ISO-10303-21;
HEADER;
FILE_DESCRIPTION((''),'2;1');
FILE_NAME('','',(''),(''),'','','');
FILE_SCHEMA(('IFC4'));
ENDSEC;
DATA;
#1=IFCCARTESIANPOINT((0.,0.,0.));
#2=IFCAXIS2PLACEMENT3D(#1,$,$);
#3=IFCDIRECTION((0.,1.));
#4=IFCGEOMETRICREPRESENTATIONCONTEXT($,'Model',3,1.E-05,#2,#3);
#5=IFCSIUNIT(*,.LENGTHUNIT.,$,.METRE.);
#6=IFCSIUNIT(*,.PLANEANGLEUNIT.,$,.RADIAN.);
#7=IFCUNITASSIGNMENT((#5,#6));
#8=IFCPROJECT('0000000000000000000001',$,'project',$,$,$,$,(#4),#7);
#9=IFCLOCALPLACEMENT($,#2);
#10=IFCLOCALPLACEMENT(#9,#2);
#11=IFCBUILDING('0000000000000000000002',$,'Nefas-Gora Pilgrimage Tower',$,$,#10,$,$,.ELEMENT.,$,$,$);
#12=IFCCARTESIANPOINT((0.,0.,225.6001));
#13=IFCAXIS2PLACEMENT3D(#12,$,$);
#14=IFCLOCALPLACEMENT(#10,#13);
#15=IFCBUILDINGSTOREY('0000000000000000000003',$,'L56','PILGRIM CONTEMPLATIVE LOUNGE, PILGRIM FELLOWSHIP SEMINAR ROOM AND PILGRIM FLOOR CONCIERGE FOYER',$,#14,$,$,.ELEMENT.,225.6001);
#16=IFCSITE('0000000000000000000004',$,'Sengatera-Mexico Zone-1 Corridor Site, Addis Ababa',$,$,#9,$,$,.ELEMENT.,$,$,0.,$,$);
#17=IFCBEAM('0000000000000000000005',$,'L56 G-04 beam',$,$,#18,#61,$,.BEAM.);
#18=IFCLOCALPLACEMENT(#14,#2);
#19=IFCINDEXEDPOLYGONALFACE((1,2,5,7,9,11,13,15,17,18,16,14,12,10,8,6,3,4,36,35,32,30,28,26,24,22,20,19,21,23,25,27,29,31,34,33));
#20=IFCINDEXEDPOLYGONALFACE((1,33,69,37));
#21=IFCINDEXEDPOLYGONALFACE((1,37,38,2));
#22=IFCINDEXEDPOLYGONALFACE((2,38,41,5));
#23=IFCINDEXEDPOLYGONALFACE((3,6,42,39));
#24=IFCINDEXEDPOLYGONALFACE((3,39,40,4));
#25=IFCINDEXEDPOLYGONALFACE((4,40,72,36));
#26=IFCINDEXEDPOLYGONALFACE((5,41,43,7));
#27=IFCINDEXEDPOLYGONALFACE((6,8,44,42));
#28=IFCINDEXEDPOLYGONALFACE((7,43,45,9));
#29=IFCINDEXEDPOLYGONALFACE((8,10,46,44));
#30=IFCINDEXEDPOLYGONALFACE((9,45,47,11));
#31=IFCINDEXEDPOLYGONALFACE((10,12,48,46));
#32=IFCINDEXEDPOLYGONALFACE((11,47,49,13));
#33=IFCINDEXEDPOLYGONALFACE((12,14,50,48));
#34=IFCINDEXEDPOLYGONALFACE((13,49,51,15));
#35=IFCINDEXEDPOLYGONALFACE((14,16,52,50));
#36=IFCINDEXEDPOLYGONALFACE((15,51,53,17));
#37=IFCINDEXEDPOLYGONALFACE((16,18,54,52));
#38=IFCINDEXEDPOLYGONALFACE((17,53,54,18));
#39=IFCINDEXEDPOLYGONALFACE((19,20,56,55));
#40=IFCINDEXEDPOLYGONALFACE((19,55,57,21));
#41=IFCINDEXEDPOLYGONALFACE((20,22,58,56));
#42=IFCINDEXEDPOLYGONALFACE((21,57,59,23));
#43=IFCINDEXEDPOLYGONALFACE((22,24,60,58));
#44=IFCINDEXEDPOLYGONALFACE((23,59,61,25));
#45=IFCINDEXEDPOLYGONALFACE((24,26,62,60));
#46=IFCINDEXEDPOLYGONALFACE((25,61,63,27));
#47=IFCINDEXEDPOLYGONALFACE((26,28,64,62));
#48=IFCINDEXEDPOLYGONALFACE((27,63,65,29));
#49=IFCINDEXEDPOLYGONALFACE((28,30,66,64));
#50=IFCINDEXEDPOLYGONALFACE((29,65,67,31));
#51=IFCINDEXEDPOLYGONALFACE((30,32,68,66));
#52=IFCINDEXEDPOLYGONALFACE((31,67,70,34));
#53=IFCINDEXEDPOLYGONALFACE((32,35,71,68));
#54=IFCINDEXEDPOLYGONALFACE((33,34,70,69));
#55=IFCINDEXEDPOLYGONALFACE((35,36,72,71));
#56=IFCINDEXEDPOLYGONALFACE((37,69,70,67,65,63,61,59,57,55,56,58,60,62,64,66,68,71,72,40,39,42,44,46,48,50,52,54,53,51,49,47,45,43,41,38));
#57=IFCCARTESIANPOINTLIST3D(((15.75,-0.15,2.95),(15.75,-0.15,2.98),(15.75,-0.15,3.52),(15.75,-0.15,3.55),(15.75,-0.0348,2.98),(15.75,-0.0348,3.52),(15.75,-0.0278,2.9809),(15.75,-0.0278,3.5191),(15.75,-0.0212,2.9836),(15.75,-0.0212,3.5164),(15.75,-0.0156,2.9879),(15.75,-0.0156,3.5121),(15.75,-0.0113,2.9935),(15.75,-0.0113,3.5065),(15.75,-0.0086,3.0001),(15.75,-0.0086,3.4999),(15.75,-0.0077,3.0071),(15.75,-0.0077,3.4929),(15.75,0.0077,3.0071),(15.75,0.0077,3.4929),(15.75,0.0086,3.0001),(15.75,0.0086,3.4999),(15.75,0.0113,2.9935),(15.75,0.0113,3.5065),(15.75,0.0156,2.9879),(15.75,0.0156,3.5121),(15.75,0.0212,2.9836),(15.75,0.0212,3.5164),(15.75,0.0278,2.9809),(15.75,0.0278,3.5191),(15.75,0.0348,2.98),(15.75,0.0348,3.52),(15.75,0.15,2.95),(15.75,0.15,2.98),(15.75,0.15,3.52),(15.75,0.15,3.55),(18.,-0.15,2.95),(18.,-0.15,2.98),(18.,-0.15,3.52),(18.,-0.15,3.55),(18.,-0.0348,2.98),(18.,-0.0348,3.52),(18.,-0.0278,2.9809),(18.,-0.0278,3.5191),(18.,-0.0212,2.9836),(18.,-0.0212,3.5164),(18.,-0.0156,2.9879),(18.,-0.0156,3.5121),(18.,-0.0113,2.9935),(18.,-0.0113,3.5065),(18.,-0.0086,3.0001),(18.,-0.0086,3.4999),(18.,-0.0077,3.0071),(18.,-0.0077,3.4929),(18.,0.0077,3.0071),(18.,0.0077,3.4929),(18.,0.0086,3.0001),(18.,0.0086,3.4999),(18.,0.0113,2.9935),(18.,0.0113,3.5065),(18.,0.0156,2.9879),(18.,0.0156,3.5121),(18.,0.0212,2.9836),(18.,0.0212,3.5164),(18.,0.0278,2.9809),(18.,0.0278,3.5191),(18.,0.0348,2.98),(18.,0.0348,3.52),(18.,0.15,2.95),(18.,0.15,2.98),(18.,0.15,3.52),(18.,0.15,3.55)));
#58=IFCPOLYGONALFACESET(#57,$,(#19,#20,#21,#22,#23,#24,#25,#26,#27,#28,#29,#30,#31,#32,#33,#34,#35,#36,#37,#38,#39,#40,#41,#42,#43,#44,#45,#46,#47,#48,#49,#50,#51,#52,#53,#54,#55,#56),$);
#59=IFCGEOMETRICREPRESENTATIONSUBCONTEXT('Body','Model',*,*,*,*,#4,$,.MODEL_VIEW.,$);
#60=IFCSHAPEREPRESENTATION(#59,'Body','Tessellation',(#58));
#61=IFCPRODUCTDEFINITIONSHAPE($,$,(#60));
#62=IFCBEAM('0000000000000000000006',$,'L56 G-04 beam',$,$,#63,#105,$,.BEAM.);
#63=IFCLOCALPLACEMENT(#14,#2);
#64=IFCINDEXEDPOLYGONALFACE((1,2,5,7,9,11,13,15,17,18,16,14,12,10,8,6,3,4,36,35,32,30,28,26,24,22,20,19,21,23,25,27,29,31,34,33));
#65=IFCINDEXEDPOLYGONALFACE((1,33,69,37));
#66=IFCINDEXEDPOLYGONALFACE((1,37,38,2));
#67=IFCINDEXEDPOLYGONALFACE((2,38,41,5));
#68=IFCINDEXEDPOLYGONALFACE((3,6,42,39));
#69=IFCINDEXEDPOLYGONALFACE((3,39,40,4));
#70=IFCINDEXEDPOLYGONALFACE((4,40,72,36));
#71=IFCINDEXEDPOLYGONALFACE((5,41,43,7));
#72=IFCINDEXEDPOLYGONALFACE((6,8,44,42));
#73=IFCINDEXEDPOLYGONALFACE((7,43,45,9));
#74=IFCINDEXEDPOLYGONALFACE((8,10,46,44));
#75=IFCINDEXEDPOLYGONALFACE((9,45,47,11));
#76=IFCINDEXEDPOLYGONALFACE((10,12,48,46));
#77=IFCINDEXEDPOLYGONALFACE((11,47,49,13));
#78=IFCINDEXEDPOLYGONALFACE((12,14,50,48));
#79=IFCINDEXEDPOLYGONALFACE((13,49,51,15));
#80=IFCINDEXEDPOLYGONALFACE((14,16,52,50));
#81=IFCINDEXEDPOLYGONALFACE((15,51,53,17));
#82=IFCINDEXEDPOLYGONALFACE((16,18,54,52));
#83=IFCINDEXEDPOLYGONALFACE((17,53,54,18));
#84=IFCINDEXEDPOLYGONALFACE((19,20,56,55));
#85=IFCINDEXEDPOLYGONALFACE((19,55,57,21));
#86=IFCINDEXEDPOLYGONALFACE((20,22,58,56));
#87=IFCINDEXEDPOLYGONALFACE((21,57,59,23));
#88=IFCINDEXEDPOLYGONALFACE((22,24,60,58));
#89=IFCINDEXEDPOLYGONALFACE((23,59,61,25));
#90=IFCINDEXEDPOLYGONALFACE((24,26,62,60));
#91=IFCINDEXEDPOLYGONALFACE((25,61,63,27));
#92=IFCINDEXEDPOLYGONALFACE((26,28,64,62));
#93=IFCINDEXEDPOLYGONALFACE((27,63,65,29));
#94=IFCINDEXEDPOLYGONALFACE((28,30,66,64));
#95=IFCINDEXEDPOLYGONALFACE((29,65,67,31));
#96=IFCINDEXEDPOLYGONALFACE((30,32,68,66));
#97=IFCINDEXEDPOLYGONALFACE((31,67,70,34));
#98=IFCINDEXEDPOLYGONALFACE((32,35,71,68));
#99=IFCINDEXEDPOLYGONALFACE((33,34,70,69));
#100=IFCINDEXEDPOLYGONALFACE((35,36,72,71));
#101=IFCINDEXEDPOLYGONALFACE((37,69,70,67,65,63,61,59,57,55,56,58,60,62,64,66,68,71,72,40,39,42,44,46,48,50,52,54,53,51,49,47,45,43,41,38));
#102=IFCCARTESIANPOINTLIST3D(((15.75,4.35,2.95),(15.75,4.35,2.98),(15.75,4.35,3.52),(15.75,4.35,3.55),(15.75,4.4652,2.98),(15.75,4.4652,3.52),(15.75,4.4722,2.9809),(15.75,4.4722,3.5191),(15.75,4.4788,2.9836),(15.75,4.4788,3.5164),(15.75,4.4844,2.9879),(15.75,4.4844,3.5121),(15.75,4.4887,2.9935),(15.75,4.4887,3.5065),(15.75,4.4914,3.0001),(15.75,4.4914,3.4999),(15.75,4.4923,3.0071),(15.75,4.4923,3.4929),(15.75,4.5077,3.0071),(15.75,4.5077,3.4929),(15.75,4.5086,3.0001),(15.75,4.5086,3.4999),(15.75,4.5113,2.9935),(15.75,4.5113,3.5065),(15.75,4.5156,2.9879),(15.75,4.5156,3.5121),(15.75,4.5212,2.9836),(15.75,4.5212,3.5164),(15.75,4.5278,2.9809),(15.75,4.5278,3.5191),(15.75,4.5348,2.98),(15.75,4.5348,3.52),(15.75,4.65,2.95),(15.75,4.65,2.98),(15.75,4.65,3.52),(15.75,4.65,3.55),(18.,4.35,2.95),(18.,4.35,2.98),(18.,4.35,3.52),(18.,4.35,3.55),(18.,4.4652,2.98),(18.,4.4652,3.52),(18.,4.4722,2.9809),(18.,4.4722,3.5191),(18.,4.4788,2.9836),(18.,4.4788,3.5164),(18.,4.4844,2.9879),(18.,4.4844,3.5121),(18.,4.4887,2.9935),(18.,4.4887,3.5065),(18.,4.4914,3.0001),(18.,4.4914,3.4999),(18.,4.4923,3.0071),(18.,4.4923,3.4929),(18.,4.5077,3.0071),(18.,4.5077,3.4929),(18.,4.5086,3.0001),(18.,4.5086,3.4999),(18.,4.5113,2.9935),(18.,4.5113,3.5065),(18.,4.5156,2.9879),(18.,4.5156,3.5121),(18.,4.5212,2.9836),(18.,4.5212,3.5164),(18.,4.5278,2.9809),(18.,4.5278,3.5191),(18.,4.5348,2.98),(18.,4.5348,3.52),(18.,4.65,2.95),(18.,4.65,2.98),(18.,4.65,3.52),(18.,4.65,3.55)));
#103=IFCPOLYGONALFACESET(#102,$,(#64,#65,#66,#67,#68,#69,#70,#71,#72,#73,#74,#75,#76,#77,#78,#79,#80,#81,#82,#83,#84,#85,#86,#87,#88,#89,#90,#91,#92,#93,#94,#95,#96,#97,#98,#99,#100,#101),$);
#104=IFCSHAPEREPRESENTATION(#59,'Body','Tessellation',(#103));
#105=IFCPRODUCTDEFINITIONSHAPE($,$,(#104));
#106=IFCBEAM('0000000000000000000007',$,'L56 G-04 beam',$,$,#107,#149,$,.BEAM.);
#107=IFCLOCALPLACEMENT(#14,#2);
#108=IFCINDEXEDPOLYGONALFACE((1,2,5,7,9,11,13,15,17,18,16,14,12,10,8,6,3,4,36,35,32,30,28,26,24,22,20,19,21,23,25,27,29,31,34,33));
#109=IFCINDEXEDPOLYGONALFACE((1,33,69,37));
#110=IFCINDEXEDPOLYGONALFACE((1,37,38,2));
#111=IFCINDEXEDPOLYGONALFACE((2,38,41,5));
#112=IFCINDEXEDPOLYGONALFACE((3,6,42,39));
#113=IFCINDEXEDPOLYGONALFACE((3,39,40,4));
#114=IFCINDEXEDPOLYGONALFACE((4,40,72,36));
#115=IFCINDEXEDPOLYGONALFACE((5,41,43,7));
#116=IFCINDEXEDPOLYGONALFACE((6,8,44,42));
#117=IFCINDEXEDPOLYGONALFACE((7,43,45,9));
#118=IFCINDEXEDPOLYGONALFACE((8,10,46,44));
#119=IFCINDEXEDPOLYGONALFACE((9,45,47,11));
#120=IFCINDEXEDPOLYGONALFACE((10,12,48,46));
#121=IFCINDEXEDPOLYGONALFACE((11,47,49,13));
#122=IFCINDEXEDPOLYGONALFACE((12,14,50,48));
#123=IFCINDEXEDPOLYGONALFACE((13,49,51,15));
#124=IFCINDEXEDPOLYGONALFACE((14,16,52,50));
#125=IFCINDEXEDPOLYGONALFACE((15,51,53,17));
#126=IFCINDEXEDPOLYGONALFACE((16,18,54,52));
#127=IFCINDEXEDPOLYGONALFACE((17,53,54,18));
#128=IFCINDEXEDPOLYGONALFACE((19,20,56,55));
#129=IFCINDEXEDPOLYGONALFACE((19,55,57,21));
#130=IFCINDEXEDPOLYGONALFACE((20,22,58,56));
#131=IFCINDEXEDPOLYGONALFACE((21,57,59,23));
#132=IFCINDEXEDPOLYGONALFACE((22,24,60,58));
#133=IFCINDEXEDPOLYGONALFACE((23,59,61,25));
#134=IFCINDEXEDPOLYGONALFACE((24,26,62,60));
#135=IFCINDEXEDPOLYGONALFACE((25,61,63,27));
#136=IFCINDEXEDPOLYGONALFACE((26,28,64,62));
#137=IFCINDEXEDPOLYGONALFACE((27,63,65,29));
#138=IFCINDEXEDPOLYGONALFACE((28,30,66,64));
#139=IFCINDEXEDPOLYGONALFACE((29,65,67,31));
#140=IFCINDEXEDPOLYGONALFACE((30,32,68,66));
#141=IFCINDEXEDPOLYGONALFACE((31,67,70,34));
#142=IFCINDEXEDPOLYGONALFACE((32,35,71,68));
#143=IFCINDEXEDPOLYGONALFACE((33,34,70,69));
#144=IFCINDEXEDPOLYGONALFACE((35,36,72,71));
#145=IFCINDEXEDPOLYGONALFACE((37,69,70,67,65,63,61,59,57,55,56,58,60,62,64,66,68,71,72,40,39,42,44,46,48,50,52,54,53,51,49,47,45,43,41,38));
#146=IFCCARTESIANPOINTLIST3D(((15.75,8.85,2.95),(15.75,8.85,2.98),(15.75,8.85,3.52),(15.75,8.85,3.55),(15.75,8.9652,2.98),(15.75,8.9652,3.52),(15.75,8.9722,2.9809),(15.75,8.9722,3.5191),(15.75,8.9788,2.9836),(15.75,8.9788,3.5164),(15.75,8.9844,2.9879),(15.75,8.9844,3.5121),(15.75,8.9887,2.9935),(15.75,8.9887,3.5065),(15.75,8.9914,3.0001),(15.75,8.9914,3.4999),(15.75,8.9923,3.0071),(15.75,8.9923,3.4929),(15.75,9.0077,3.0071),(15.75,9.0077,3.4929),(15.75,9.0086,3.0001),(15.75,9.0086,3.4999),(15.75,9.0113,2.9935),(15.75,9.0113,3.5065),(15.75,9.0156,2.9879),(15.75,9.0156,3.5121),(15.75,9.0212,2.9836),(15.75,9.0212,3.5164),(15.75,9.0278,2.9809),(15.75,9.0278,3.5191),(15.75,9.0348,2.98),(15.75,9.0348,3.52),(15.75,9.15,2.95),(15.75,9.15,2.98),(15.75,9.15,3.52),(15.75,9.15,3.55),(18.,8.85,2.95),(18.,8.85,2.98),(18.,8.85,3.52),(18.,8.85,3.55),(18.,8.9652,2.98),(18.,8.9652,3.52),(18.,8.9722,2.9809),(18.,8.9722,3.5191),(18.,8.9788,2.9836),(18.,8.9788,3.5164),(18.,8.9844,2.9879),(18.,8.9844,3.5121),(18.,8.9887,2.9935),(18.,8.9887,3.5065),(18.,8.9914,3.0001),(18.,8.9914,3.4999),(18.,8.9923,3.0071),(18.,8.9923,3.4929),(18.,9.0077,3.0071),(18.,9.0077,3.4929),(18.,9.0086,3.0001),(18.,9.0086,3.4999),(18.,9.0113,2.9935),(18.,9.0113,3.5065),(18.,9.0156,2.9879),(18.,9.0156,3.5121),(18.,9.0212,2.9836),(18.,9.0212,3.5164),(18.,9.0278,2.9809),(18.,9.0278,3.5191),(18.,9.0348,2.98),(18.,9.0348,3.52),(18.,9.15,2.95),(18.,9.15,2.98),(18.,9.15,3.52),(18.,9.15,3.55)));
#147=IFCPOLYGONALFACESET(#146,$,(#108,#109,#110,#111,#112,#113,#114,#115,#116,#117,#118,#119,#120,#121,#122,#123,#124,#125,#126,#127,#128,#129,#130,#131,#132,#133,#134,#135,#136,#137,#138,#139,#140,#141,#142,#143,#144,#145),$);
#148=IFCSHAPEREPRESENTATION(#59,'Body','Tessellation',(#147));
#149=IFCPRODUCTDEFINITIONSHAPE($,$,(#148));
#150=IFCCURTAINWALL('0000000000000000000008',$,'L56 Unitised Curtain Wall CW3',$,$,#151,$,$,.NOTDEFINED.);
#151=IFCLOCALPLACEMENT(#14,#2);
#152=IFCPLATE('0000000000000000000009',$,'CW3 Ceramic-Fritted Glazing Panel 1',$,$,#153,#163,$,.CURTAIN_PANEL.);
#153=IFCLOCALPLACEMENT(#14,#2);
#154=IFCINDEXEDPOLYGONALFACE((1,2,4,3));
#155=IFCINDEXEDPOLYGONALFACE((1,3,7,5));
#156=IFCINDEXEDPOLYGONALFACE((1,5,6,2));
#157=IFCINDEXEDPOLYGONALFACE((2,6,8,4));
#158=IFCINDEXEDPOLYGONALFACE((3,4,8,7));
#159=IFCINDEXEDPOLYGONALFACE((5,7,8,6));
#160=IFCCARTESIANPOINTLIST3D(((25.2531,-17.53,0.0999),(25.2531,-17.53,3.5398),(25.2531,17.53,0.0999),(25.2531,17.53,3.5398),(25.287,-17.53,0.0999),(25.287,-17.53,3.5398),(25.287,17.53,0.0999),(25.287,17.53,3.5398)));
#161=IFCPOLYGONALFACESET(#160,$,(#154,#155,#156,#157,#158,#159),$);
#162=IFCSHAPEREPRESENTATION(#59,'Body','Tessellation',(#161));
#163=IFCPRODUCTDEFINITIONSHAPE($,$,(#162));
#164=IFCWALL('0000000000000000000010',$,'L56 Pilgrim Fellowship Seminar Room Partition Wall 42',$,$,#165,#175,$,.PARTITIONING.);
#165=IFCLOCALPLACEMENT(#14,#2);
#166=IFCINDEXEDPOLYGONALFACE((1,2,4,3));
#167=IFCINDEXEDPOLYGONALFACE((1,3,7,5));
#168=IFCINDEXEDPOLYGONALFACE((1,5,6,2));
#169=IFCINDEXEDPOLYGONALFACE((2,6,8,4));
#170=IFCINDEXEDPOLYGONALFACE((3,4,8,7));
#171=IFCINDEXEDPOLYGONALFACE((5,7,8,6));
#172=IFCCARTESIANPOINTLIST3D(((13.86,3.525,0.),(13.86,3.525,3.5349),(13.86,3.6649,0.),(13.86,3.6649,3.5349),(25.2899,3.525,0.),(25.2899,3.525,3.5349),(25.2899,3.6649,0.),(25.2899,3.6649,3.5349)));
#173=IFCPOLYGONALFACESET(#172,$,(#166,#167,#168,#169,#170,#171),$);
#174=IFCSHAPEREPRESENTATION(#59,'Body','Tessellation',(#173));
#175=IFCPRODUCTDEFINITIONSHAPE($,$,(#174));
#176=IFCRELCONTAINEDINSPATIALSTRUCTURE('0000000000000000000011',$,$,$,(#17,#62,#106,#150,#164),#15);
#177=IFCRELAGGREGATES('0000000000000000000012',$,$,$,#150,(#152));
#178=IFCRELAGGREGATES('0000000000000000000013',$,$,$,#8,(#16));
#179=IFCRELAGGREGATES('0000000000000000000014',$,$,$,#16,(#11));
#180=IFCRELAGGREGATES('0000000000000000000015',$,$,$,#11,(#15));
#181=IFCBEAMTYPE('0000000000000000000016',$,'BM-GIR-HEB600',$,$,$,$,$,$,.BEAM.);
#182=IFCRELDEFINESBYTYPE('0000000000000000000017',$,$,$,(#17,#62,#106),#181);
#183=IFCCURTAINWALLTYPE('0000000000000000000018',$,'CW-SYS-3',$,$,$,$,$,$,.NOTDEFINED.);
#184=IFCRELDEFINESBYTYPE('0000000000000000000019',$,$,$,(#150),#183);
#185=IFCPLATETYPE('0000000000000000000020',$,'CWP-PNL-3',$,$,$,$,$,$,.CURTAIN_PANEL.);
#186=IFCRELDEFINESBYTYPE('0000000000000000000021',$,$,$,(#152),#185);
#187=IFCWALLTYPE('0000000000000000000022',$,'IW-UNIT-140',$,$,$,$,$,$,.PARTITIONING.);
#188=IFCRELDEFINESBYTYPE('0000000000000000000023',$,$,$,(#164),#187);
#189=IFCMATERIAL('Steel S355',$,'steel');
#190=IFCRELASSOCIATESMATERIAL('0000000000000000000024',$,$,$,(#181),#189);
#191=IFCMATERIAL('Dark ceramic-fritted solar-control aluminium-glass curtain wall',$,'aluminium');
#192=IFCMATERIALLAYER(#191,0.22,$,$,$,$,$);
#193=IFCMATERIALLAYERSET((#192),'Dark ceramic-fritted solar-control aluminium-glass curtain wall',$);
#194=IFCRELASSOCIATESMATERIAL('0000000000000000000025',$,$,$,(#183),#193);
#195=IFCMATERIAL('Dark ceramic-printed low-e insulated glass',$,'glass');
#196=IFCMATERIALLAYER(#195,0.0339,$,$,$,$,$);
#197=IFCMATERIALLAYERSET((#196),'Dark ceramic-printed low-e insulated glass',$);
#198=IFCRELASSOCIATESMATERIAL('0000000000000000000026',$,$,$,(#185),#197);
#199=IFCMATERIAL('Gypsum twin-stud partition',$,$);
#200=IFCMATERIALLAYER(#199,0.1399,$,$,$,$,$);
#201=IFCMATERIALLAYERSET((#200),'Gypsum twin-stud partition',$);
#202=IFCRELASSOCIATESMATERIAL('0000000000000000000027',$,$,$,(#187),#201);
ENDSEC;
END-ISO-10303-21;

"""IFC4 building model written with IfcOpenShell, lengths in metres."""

from ifc_helpers import new_model, si_unit, direction, frame, frame_2d, origin, origin_2d, place, context, subcontext, project, spatial, rectangle, i_section, extrude, source, transform, mapped, material, layer, layer_set, material_profile, profile_set, type_object, element, aggregate, save


model = new_model("IFC4")

# Units and contexts
model_context = context("Model", 3, precision=1e-05, world=origin(), true_north=direction((0.0, 1.0)))
body_context = subcontext(model_context, "Body", "Model", "MODEL_VIEW")
ifc_project = project(units=[si_unit("LENGTHUNIT", "METRE"), si_unit("PLANEANGLEUNIT", "RADIAN")], contexts=[model_context])

# Site, building, storey
site_placement = place(None, origin())
site = spatial("IfcSite", under=ifc_project, at=site_placement, Name="Sengatera-Mexico Zone-1 Corridor Site, Addis Ababa", CompositionType="ELEMENT", RefElevation=0.0)
building_placement = place(site_placement, origin())
building = spatial("IfcBuilding", under=site, at=building_placement, Name="Nefas-Gora Pilgrimage Tower", CompositionType="ELEMENT")
storey_placement = place(building_placement, frame((0.0, 0.0, 225.6001)))
storey = spatial("IfcBuildingStorey", under=building, at=storey_placement, Name="L56", Description="PILGRIM CONTEMPLATIVE LOUNGE, PILGRIM FELLOWSHIP SEMINAR ROOM AND PILGRIM FLOOR CONCIERGE FOYER", CompositionType="ELEMENT", Elevation=225.6001)

# Beams
ifc_material_1 = material(Name="Steel S355", Category="steel")
ifc_material_profile_1 = material_profile(ifc_material_1, i_section(OverallWidth=0.3, OverallDepth=0.6001, WebThickness=0.0154, FlangeThickness=0.03, FilletRadius=0.0271, at=origin_2d()), Name="HEB 600")
ifc_profile_set_1 = profile_set([ifc_material_profile_1], Name="Steel S355")
beam_type_1 = type_object("IfcBeamType", Name="BM-GIR-HEB600", PredefinedType="BEAM", material=ifc_profile_set_1)
shared_shape_1 = source(origin(), body_context, "Body", "SweptSolid", [
    extrude(i_section(OverallWidth=0.3, OverallDepth=0.6001, WebThickness=0.0154, FlangeThickness=0.03, FilletRadius=0.0271, at=origin_2d()), origin(), (0.0, 0.0, 1.0), 2.25),
])
for number, where, z_axis, x_axis, name in (
    (1, (15.75, 0.0, 3.25), (1.0, 0.0, 0.0), (0.0, 1.0, 0.0), "L56 G-04 beam"),
    (2, (15.75, 4.5, 3.25), (1.0, 0.0, 0.0), (0.0, 1.0, 0.0), "L56 G-04 beam"),
    (3, (15.75, 9.0, 3.25), (1.0, 0.0, 0.0), (0.0, 1.0, 0.0), "L56 G-04 beam"),
):
    element("IfcBeam", number, at=place(storey_placement, frame(where, z_axis=z_axis, x_axis=x_axis)), inside=storey, type_object=beam_type_1, Name=name, PredefinedType="BEAM", context=body_context, shape_type="MappedRepresentation", body=[
        mapped(shared_shape_1, transform((0.0, 0.0, 0.0), x_axis=(1.0, 0.0, 0.0), y_axis=(0.0, 1.0, 0.0), z_axis=(0.0, 0.0, 1.0), scale=1.0)),
    ])

# Curtain wall, plate
ifc_material_2 = material(Name="Dark ceramic-fritted solar-control aluminium-glass curtain wall", Category="aluminium")
ifc_layer_1 = layer(ifc_material_2, 0.22)
ifc_layer_set_1 = layer_set([ifc_layer_1], Name="Dark ceramic-fritted solar-control aluminium-glass curtain wall")
curtain_wall_type = type_object("IfcCurtainWallType", Name="CW-SYS-3", PredefinedType="NOTDEFINED", material=ifc_layer_set_1)
curtain_wall_placement = place(storey_placement, origin())
curtain_wall = element("IfcCurtainWall", 4, at=curtain_wall_placement, inside=storey, type_object=curtain_wall_type, Name="L56 Unitised Curtain Wall CW3", PredefinedType="NOTDEFINED")
ifc_material_3 = material(Name="Dark ceramic-printed low-e insulated glass", Category="glass")
ifc_layer_2 = layer(ifc_material_3, 0.0339)
ifc_layer_set_2 = layer_set([ifc_layer_2], Name="Dark ceramic-printed low-e insulated glass")
plate_type = type_object("IfcPlateType", Name="CWP-PNL-3", PredefinedType="CURTAIN_PANEL", material=ifc_layer_set_2)
shared_shape_2 = source(origin(), body_context, "Body", "SweptSolid", [
    extrude(rectangle(XDim=35.0601, YDim=0.0339, at=origin_2d()), origin(), (0.0, 0.0, 1.0), 3.4399),
])
plate_placement = place(storey_placement, frame((25.27, 0.0, 0.0999), z_axis=(0.0, 0.0, 1.0), x_axis=(0.0, 1.0, 0.0)))
plate = element("IfcPlate", 5, at=plate_placement, type_object=plate_type, Name="CW3 Ceramic-Fritted Glazing Panel 1", PredefinedType="CURTAIN_PANEL", context=body_context, shape_type="MappedRepresentation", body=[
    mapped(shared_shape_2, transform((0.0, 0.0, 0.0), x_axis=(1.0, 0.0, 0.0), y_axis=(0.0, 1.0, 0.0), z_axis=(0.0, 0.0, 1.0), scale=1.0)),
])
aggregate(curtain_wall, [plate])

# Wall
ifc_material_4 = material(Name="Gypsum twin-stud partition")
ifc_layer_3 = layer(ifc_material_4, 0.1399)
ifc_layer_set_3 = layer_set([ifc_layer_3], Name="Gypsum twin-stud partition")
wall_type_1 = type_object("IfcWallType", Name="IW-UNIT-140", PredefinedType="PARTITIONING", material=ifc_layer_set_3)
shared_shape_3 = source(origin(), body_context, "Body", "SweptSolid", [
    extrude(rectangle(XDim=11.4299, YDim=0.1399, at=frame_2d((5.7148, 0.0))), origin(), (0.0, 0.0, 1.0), 3.5349),
])
wall_1_placement = place(storey_placement, frame((13.8601, 3.595, 0.0), z_axis=(0.0, 0.0, 1.0), x_axis=(1.0, 0.0, 0.0)))
element("IfcWall", 6, at=wall_1_placement, inside=storey, type_object=wall_type_1, Name="L56 Pilgrim Fellowship Seminar Room Partition Wall 42", PredefinedType="PARTITIONING", context=body_context, shape_type="MappedRepresentation", body=[
    mapped(shared_shape_3, transform((0.0, 0.0, 0.0), x_axis=(1.0, 0.0, 0.0), y_axis=(0.0, 1.0, 0.0), z_axis=(0.0, 0.0, 1.0), scale=1.0)),
])

save(model, "model.ifc")
